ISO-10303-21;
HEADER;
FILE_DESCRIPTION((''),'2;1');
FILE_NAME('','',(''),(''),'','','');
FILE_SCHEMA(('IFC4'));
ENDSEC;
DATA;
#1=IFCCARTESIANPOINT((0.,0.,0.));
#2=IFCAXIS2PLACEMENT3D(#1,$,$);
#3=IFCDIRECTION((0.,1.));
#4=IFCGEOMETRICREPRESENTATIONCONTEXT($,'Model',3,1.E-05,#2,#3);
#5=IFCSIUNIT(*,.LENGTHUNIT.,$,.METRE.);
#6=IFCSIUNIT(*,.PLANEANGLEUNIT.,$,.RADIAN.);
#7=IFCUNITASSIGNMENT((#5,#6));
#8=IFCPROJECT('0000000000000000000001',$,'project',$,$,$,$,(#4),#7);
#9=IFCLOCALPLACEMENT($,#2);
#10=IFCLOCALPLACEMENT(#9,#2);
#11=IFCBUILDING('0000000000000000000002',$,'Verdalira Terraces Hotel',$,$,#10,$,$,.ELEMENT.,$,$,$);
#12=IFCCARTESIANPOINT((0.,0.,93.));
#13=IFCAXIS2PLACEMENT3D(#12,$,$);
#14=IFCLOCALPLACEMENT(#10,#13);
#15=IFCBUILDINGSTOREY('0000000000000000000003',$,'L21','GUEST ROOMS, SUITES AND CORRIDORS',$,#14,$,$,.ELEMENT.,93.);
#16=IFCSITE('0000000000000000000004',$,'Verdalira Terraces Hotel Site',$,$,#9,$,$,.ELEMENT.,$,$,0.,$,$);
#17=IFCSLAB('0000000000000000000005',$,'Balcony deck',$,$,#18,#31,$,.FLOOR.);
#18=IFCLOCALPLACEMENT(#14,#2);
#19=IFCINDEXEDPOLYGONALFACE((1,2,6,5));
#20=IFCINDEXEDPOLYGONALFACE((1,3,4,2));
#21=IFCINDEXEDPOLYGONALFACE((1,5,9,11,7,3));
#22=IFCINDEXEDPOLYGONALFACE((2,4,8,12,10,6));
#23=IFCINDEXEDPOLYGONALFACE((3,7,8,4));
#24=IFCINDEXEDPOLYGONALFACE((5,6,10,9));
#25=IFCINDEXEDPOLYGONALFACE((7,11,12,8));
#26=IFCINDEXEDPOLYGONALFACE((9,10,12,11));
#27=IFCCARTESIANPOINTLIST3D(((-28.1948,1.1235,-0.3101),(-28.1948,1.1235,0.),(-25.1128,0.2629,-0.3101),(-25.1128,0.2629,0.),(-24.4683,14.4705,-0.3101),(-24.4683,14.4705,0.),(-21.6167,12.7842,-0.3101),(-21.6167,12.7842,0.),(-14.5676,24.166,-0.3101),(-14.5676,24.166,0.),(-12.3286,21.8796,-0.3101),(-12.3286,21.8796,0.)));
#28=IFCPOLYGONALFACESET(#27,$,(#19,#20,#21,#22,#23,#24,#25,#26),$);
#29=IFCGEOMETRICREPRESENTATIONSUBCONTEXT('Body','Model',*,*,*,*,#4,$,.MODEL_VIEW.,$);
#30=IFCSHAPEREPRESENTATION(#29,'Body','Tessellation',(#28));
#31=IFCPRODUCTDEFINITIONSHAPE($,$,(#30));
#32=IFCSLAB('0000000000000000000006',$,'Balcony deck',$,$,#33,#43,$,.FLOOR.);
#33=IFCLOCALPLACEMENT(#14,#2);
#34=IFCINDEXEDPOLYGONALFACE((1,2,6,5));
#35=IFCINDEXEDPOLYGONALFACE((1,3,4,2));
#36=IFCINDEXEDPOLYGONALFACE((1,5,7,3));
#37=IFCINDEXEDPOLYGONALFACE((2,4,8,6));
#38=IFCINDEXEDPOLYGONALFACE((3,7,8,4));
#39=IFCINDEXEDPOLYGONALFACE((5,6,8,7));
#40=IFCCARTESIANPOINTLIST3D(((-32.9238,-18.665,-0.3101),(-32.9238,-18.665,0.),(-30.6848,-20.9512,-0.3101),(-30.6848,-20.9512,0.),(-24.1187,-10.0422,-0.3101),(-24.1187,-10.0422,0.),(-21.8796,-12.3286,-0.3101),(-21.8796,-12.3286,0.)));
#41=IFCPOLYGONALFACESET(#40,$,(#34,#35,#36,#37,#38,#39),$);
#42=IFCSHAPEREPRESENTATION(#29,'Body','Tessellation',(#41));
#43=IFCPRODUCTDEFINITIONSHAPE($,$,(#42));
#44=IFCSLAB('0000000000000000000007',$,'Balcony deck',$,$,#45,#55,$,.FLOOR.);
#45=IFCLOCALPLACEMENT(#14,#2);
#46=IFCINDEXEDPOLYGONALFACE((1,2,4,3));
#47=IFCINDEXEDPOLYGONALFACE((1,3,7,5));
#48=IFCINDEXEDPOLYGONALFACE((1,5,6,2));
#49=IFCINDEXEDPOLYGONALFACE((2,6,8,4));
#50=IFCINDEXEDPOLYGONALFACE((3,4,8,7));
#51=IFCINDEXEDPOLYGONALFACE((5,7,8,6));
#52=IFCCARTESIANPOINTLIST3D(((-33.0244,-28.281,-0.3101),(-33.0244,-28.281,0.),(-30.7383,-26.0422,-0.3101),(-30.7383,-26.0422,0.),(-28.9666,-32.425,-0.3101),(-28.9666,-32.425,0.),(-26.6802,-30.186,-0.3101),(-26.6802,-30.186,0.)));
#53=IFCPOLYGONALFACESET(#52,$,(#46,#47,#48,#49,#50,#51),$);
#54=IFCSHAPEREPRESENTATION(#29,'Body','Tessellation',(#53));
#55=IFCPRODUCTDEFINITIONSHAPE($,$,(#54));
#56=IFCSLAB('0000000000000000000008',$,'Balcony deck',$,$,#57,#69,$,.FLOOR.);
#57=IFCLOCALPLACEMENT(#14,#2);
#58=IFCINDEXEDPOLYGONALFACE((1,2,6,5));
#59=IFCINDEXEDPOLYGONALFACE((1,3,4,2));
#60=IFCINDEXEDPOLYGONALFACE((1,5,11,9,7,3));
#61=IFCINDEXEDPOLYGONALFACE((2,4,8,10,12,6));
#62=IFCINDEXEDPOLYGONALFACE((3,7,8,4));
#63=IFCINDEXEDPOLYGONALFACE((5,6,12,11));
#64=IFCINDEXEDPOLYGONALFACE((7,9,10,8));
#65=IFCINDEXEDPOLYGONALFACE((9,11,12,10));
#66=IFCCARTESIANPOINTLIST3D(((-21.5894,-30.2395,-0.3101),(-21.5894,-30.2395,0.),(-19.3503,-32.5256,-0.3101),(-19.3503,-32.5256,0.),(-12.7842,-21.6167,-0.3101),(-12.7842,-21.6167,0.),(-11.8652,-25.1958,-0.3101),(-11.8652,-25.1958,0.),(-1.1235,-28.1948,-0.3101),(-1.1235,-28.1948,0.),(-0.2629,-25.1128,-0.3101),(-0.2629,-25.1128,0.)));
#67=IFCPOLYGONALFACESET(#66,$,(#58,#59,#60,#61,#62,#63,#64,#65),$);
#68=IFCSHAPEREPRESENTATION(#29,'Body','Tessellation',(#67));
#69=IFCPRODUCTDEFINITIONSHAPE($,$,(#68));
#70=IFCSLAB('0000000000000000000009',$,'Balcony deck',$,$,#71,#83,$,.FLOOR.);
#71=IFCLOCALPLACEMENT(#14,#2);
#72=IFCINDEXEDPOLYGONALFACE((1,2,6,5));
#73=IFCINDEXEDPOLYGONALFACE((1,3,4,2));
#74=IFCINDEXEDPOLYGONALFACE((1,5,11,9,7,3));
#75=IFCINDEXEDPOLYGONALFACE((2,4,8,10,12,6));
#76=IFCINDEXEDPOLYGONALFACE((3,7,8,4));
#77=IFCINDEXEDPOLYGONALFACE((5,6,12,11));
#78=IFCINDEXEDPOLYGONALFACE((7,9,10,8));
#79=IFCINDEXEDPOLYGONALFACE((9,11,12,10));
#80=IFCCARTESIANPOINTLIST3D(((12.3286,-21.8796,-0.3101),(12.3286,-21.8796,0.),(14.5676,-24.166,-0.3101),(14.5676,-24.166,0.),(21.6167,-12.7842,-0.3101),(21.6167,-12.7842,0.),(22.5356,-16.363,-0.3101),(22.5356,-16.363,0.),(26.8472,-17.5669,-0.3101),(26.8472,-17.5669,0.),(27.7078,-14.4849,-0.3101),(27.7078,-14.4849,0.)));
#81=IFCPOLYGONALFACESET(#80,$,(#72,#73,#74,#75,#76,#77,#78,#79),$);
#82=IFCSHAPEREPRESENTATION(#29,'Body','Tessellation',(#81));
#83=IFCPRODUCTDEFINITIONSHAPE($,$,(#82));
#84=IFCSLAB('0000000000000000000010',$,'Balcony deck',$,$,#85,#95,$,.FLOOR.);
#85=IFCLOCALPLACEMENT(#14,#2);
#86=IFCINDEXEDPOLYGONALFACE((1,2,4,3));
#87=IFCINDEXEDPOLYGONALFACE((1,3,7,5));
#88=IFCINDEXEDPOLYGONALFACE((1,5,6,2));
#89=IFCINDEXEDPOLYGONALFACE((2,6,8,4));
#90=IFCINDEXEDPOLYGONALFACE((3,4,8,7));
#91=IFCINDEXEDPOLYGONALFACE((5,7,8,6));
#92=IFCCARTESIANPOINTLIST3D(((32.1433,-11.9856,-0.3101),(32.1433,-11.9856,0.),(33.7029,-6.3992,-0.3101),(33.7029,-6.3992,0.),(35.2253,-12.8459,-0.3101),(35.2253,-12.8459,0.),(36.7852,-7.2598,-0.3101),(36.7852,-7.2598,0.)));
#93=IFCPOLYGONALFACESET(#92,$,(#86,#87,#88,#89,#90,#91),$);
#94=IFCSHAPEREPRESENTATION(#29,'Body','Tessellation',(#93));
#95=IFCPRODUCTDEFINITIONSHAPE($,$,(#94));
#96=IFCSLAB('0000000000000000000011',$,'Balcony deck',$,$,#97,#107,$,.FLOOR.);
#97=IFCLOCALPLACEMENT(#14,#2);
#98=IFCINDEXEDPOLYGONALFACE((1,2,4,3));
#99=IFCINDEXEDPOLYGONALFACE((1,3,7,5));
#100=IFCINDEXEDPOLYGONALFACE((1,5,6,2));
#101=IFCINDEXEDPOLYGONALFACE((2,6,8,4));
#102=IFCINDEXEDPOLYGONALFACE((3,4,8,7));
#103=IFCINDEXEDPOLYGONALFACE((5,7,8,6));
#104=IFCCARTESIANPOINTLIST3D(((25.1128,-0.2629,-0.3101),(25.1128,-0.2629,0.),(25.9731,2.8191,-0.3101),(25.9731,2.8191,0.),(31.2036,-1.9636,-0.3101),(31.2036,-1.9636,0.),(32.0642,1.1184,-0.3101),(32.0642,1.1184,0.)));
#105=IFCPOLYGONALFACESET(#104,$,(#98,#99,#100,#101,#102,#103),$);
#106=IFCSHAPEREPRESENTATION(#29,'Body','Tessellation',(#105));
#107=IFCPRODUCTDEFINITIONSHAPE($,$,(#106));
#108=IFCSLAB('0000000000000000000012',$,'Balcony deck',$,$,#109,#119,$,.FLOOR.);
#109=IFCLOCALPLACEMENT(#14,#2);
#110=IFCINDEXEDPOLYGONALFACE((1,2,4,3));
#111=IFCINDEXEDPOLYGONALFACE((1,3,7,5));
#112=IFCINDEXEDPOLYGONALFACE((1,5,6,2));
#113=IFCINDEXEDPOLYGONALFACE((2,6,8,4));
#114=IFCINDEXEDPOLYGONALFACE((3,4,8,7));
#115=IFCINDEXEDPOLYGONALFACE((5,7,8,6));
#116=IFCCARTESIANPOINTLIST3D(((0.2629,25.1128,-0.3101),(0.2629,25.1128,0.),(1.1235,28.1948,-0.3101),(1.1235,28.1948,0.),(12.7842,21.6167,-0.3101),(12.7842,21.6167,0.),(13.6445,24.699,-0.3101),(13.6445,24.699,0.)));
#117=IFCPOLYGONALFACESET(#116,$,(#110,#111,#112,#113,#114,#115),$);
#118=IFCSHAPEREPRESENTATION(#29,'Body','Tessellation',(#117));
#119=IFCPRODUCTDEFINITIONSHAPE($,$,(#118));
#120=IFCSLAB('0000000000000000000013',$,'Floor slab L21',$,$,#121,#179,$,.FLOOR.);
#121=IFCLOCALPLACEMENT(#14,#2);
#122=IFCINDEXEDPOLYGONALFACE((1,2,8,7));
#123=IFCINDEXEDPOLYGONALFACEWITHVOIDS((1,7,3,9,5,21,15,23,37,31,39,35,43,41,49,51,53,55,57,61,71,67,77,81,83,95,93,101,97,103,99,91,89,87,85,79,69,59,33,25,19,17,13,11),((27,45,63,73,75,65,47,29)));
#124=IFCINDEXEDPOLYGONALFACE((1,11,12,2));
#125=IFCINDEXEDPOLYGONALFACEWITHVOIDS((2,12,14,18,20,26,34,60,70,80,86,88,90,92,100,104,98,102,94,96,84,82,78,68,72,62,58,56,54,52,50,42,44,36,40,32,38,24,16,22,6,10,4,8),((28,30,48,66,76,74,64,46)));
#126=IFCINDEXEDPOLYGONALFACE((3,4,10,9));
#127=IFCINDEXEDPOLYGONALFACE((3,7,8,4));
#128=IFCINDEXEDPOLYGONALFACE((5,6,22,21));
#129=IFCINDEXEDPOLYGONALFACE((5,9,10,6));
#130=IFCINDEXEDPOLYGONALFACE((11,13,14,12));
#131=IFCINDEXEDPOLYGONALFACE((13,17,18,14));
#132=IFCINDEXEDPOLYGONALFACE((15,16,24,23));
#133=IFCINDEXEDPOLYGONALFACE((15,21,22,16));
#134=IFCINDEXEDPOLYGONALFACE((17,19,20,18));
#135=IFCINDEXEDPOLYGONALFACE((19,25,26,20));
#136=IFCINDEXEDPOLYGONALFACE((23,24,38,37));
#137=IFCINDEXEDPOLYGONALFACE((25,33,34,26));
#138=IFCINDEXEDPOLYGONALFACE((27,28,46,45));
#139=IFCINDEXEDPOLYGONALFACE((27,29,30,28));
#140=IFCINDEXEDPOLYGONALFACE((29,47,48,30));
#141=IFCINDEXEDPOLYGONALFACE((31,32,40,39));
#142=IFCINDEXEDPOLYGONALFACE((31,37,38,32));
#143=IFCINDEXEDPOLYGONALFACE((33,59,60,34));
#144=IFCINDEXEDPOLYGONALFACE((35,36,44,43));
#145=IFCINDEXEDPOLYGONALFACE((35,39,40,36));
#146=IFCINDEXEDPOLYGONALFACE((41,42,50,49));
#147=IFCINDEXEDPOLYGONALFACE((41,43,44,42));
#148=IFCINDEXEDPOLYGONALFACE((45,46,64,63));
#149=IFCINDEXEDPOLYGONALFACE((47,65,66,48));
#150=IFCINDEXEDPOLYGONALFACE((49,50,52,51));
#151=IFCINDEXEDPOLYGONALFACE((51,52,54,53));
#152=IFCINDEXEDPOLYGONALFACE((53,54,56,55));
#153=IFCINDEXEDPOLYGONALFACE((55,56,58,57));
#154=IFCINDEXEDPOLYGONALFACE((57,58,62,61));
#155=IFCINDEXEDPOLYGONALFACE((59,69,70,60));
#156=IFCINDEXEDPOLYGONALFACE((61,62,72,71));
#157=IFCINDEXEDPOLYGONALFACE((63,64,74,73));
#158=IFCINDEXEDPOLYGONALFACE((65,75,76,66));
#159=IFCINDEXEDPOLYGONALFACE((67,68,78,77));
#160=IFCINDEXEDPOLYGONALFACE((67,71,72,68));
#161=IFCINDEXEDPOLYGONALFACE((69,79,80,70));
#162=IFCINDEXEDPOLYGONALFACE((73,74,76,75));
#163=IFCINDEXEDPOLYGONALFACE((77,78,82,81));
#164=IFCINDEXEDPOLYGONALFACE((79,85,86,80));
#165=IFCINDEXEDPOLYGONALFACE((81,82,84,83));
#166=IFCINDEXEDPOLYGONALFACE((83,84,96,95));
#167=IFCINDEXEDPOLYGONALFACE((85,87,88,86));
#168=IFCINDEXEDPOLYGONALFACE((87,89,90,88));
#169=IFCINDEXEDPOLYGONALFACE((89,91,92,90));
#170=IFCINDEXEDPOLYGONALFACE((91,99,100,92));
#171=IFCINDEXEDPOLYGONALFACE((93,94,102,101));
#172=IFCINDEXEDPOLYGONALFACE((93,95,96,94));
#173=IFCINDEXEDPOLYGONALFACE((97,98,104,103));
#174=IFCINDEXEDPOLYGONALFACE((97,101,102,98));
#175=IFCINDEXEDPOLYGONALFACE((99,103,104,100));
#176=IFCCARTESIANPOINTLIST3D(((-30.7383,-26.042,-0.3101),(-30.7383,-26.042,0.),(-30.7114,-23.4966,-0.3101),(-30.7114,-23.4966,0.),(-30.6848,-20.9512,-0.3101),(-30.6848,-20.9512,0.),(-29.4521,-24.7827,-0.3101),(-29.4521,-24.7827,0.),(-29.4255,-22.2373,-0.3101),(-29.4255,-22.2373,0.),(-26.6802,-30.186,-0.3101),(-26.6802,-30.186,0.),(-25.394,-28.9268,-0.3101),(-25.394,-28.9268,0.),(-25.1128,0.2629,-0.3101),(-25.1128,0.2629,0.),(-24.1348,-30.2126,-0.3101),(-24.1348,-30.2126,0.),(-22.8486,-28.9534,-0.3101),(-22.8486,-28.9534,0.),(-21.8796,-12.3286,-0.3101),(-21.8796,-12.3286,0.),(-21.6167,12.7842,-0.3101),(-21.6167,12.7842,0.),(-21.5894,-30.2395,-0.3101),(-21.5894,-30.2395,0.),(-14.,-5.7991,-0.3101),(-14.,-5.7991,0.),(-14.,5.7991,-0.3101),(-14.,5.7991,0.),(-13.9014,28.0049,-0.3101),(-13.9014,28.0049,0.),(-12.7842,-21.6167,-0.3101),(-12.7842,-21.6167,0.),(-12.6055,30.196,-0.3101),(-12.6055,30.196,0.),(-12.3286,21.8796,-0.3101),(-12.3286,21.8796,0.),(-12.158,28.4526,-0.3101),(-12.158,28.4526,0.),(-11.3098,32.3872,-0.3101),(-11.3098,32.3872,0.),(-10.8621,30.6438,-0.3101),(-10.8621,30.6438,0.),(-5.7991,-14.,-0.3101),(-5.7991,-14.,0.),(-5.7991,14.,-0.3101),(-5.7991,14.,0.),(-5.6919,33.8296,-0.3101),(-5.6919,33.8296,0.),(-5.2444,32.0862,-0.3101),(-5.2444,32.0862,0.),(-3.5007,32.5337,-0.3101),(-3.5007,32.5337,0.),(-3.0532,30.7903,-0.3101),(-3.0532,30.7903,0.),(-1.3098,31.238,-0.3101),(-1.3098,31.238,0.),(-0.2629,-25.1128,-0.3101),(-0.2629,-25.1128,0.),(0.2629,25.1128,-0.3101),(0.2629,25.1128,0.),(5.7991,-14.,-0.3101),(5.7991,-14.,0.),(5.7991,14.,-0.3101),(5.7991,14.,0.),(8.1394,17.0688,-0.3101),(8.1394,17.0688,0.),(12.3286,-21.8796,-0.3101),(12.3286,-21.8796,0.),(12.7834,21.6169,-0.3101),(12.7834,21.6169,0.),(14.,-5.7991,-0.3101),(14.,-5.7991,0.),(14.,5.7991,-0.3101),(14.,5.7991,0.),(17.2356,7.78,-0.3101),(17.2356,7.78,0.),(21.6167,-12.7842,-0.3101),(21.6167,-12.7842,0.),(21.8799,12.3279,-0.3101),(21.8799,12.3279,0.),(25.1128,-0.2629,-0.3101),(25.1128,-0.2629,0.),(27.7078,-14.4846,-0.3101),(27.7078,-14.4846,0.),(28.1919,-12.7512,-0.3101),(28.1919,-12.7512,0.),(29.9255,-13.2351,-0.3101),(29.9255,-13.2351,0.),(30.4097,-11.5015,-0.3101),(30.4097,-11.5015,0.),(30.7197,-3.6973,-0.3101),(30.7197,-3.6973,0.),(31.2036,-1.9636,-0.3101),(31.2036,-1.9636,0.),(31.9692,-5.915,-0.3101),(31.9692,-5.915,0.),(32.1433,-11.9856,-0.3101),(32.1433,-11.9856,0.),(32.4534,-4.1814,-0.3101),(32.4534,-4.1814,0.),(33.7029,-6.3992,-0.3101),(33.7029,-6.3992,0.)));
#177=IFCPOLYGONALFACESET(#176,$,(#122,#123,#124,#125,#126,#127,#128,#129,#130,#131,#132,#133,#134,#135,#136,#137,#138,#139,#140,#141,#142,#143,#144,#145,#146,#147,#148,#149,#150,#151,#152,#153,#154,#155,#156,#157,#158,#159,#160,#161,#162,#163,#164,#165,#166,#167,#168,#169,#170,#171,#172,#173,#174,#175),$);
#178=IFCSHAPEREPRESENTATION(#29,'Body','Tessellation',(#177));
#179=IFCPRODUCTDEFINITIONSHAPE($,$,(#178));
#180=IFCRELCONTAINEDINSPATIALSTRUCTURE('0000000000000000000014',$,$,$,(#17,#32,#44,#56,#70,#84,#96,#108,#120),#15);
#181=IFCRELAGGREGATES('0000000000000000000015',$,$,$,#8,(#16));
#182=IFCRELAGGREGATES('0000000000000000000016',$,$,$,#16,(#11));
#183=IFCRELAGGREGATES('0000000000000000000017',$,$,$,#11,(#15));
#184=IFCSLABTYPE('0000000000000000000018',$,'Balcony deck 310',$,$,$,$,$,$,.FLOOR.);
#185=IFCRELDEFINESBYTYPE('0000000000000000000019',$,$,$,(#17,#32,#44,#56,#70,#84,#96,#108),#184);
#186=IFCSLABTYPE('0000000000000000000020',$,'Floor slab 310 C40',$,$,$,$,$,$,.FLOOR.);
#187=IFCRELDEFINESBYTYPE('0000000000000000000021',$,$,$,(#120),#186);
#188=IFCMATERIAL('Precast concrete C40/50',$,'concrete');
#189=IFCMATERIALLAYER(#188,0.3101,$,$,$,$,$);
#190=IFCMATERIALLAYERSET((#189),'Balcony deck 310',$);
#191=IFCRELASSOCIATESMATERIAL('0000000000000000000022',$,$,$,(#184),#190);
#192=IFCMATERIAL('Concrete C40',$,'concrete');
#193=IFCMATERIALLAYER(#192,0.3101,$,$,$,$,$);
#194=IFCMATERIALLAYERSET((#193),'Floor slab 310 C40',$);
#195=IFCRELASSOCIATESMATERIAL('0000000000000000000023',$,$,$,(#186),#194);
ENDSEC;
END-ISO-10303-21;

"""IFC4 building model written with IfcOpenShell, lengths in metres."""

from ifc_helpers import new_model, si_unit, direction, frame, origin, place, context, subcontext, project, spatial, polyline, outline, extrude, material, layer, layer_set, type_object, element, save


model = new_model("IFC4")

# Units and contexts
model_context = context("Model", 3, precision=1e-05, world=origin(), true_north=direction((0.0, 1.0)))
body_context = subcontext(model_context, "Body", "Model", "MODEL_VIEW")
ifc_project = project(units=[si_unit("LENGTHUNIT", "METRE"), si_unit("PLANEANGLEUNIT", "RADIAN")], contexts=[model_context])

# Site, building, storey
site_placement = place(None, origin())
site = spatial("IfcSite", under=ifc_project, at=site_placement, Name="Verdalira Terraces Hotel Site", CompositionType="ELEMENT", RefElevation=0.0)
building_placement = place(site_placement, origin())
building = spatial("IfcBuilding", under=site, at=building_placement, Name="Verdalira Terraces Hotel", CompositionType="ELEMENT")
storey_placement = place(building_placement, frame((0.0, 0.0, 93.0)))
storey = spatial("IfcBuildingStorey", under=building, at=storey_placement, Name="L21", Description="GUEST ROOMS, SUITES AND CORRIDORS", CompositionType="ELEMENT", Elevation=93.0)

# Slabs
ifc_material_1 = material(Name="Precast concrete C40/50", Category="concrete")
ifc_layer_1 = layer(ifc_material_1, 0.3101)
ifc_layer_set_1 = layer_set([ifc_layer_1], Name="Balcony deck 310")
slab_type_1 = type_object("IfcSlabType", Name="Balcony deck 310", PredefinedType="FLOOR", material=ifc_layer_set_1)
slab_1_placement = place(storey_placement, frame((0.0, 0.0, -0.3101)))
element("IfcSlab", 1, at=slab_1_placement, inside=storey, type_object=slab_type_1, Name="Balcony deck", PredefinedType="FLOOR", context=body_context, shape_type="SweptSolid", body=[
    extrude(outline(polyline([(-24.4683, 14.4705), (-28.1948, 1.1235), (-25.1128, 0.2629), (-21.6167, 12.7842), (-12.3286, 21.8796), (-14.5676, 24.166), (-24.4683, 14.4705)])), origin(), (0.0, 0.0, 1.0), 0.3101),
])
slab_2_placement = place(storey_placement, frame((0.0, 0.0, -0.3101)))
element("IfcSlab", 2, at=slab_2_placement, inside=storey, type_object=slab_type_1, Name="Balcony deck", PredefinedType="FLOOR", context=body_context, shape_type="SweptSolid", body=[
    extrude(outline(polyline([(-32.9238, -18.665), (-30.6848, -20.9512), (-21.8796, -12.3286), (-24.1187, -10.0422), (-32.9238, -18.665)])), origin(), (0.0, 0.0, 1.0), 0.3101),
])
slab_3_placement = place(storey_placement, frame((0.0, 0.0, -0.3101)))
element("IfcSlab", 3, at=slab_3_placement, inside=storey, type_object=slab_type_1, Name="Balcony deck", PredefinedType="FLOOR", context=body_context, shape_type="SweptSolid", body=[
    extrude(outline(polyline([(-28.9666, -32.425), (-26.6802, -30.186), (-30.7383, -26.0422), (-33.0244, -28.281), (-28.9666, -32.425)])), origin(), (0.0, 0.0, 1.0), 0.3101),
])
slab_4_placement = place(storey_placement, frame((0.0, 0.0, -0.3101)))
element("IfcSlab", 4, at=slab_4_placement, inside=storey, type_object=slab_type_1, Name="Balcony deck", PredefinedType="FLOOR", context=body_context, shape_type="SweptSolid", body=[
    extrude(outline(polyline([(-1.1235, -28.1948), (-0.2629, -25.1128), (-12.7842, -21.6167), (-21.5894, -30.2395), (-19.3503, -32.5256), (-11.8652, -25.1958), (-1.1235, -28.1948)])), origin(), (0.0, 0.0, 1.0), 0.3101),
])
slab_5_placement = place(storey_placement, frame((0.0, 0.0, -0.3101)))
element("IfcSlab", 5, at=slab_5_placement, inside=storey, type_object=slab_type_1, Name="Balcony deck", PredefinedType="FLOOR", context=body_context, shape_type="SweptSolid", body=[
    extrude(outline(polyline([(26.8472, -17.5669), (27.7078, -14.4849), (21.6167, -12.7842), (12.3286, -21.8796), (14.5676, -24.166), (22.5356, -16.363), (26.8472, -17.5669)])), origin(), (0.0, 0.0, 1.0), 0.3101),
])
slab_6_placement = place(storey_placement, frame((0.0, 0.0, -0.3101)))
element("IfcSlab", 6, at=slab_6_placement, inside=storey, type_object=slab_type_1, Name="Balcony deck", PredefinedType="FLOOR", context=body_context, shape_type="SweptSolid", body=[
    extrude(outline(polyline([(36.7852, -7.2598), (33.7029, -6.3992), (32.1433, -11.9856), (35.2253, -12.8459), (36.7852, -7.2598)])), origin(), (0.0, 0.0, 1.0), 0.3101),
])
slab_7_placement = place(storey_placement, frame((0.0, 0.0, -0.3101)))
element("IfcSlab", 7, at=slab_7_placement, inside=storey, type_object=slab_type_1, Name="Balcony deck", PredefinedType="FLOOR", context=body_context, shape_type="SweptSolid", body=[
    extrude(outline(polyline([(25.9731, 2.8191), (25.1128, -0.2629), (31.2036, -1.9636), (32.0642, 1.1184), (25.9731, 2.8191)])), origin(), (0.0, 0.0, 1.0), 0.3101),
])
slab_8_placement = place(storey_placement, frame((0.0, 0.0, -0.3101)))
element("IfcSlab", 8, at=slab_8_placement, inside=storey, type_object=slab_type_1, Name="Balcony deck", PredefinedType="FLOOR", context=body_context, shape_type="SweptSolid", body=[
    extrude(outline(polyline([(1.1235, 28.1948), (0.2629, 25.1128), (12.7842, 21.6167), (13.6445, 24.699), (1.1235, 28.1948)])), origin(), (0.0, 0.0, 1.0), 0.3101),
])
ifc_material_2 = material(Name="Concrete C40", Category="concrete")
ifc_layer_2 = layer(ifc_material_2, 0.3101)
ifc_layer_set_2 = layer_set([ifc_layer_2], Name="Floor slab 310 C40")
slab_type_2 = type_object("IfcSlabType", Name="Floor slab 310 C40", PredefinedType="FLOOR", material=ifc_layer_set_2)
slab_9_placement = place(storey_placement, frame((0.0, 0.0, -0.3101)))
element("IfcSlab", 9, at=slab_9_placement, inside=storey, type_object=slab_type_2, Name="Floor slab L21", PredefinedType="FLOOR", context=body_context, shape_type="SweptSolid", body=[
    extrude(outline(polyline([(31.2036, -1.9636), (25.1128, -0.2629), (21.8799, 12.3279), (17.2356, 7.78), (8.1394, 17.0688), (12.7834, 21.6169), (0.2629, 25.1128), (-1.3098, 31.238), (-3.0532, 30.7903), (-3.5007, 32.5337), (-5.2444, 32.0862), (-5.6919, 33.8296), (-11.3098, 32.3872), (-10.8621, 30.6438), (-12.6055, 30.196), (-12.158, 28.4526), (-13.9014, 28.0049), (-12.3286, 21.8796), (-21.6167, 12.7842), (-25.1128, 0.2629), (-21.8796, -12.3286), (-30.6848, -20.9512), (-29.4255, -22.2373), (-30.7114, -23.4966), (-29.4521, -24.7827), (-30.7383, -26.042), (-26.6802, -30.186), (-25.394, -28.9268), (-24.1348, -30.2126), (-22.8486, -28.9534), (-21.5894, -30.2395), (-12.7842, -21.6167), (-0.2629, -25.1128), (12.3286, -21.8796), (21.6167, -12.7842), (27.7078, -14.4846), (28.1919, -12.7512), (29.9255, -13.2351), (30.4097, -11.5015), (32.1433, -11.9856), (33.7029, -6.3992), (31.9692, -5.915), (32.4534, -4.1814), (30.7197, -3.6973), (31.2036, -1.9636)]), holes=[polyline([(5.7991, 14.0), (14.0, 5.7991), (14.0, -5.7991), (5.7991, -14.0), (-5.7991, -14.0), (-14.0, -5.7991), (-14.0, 5.7991), (-5.7991, 14.0), (5.7991, 14.0)])]), origin(), (0.0, 0.0, 1.0), 0.3101),
])

save(model, "model.ifc")
